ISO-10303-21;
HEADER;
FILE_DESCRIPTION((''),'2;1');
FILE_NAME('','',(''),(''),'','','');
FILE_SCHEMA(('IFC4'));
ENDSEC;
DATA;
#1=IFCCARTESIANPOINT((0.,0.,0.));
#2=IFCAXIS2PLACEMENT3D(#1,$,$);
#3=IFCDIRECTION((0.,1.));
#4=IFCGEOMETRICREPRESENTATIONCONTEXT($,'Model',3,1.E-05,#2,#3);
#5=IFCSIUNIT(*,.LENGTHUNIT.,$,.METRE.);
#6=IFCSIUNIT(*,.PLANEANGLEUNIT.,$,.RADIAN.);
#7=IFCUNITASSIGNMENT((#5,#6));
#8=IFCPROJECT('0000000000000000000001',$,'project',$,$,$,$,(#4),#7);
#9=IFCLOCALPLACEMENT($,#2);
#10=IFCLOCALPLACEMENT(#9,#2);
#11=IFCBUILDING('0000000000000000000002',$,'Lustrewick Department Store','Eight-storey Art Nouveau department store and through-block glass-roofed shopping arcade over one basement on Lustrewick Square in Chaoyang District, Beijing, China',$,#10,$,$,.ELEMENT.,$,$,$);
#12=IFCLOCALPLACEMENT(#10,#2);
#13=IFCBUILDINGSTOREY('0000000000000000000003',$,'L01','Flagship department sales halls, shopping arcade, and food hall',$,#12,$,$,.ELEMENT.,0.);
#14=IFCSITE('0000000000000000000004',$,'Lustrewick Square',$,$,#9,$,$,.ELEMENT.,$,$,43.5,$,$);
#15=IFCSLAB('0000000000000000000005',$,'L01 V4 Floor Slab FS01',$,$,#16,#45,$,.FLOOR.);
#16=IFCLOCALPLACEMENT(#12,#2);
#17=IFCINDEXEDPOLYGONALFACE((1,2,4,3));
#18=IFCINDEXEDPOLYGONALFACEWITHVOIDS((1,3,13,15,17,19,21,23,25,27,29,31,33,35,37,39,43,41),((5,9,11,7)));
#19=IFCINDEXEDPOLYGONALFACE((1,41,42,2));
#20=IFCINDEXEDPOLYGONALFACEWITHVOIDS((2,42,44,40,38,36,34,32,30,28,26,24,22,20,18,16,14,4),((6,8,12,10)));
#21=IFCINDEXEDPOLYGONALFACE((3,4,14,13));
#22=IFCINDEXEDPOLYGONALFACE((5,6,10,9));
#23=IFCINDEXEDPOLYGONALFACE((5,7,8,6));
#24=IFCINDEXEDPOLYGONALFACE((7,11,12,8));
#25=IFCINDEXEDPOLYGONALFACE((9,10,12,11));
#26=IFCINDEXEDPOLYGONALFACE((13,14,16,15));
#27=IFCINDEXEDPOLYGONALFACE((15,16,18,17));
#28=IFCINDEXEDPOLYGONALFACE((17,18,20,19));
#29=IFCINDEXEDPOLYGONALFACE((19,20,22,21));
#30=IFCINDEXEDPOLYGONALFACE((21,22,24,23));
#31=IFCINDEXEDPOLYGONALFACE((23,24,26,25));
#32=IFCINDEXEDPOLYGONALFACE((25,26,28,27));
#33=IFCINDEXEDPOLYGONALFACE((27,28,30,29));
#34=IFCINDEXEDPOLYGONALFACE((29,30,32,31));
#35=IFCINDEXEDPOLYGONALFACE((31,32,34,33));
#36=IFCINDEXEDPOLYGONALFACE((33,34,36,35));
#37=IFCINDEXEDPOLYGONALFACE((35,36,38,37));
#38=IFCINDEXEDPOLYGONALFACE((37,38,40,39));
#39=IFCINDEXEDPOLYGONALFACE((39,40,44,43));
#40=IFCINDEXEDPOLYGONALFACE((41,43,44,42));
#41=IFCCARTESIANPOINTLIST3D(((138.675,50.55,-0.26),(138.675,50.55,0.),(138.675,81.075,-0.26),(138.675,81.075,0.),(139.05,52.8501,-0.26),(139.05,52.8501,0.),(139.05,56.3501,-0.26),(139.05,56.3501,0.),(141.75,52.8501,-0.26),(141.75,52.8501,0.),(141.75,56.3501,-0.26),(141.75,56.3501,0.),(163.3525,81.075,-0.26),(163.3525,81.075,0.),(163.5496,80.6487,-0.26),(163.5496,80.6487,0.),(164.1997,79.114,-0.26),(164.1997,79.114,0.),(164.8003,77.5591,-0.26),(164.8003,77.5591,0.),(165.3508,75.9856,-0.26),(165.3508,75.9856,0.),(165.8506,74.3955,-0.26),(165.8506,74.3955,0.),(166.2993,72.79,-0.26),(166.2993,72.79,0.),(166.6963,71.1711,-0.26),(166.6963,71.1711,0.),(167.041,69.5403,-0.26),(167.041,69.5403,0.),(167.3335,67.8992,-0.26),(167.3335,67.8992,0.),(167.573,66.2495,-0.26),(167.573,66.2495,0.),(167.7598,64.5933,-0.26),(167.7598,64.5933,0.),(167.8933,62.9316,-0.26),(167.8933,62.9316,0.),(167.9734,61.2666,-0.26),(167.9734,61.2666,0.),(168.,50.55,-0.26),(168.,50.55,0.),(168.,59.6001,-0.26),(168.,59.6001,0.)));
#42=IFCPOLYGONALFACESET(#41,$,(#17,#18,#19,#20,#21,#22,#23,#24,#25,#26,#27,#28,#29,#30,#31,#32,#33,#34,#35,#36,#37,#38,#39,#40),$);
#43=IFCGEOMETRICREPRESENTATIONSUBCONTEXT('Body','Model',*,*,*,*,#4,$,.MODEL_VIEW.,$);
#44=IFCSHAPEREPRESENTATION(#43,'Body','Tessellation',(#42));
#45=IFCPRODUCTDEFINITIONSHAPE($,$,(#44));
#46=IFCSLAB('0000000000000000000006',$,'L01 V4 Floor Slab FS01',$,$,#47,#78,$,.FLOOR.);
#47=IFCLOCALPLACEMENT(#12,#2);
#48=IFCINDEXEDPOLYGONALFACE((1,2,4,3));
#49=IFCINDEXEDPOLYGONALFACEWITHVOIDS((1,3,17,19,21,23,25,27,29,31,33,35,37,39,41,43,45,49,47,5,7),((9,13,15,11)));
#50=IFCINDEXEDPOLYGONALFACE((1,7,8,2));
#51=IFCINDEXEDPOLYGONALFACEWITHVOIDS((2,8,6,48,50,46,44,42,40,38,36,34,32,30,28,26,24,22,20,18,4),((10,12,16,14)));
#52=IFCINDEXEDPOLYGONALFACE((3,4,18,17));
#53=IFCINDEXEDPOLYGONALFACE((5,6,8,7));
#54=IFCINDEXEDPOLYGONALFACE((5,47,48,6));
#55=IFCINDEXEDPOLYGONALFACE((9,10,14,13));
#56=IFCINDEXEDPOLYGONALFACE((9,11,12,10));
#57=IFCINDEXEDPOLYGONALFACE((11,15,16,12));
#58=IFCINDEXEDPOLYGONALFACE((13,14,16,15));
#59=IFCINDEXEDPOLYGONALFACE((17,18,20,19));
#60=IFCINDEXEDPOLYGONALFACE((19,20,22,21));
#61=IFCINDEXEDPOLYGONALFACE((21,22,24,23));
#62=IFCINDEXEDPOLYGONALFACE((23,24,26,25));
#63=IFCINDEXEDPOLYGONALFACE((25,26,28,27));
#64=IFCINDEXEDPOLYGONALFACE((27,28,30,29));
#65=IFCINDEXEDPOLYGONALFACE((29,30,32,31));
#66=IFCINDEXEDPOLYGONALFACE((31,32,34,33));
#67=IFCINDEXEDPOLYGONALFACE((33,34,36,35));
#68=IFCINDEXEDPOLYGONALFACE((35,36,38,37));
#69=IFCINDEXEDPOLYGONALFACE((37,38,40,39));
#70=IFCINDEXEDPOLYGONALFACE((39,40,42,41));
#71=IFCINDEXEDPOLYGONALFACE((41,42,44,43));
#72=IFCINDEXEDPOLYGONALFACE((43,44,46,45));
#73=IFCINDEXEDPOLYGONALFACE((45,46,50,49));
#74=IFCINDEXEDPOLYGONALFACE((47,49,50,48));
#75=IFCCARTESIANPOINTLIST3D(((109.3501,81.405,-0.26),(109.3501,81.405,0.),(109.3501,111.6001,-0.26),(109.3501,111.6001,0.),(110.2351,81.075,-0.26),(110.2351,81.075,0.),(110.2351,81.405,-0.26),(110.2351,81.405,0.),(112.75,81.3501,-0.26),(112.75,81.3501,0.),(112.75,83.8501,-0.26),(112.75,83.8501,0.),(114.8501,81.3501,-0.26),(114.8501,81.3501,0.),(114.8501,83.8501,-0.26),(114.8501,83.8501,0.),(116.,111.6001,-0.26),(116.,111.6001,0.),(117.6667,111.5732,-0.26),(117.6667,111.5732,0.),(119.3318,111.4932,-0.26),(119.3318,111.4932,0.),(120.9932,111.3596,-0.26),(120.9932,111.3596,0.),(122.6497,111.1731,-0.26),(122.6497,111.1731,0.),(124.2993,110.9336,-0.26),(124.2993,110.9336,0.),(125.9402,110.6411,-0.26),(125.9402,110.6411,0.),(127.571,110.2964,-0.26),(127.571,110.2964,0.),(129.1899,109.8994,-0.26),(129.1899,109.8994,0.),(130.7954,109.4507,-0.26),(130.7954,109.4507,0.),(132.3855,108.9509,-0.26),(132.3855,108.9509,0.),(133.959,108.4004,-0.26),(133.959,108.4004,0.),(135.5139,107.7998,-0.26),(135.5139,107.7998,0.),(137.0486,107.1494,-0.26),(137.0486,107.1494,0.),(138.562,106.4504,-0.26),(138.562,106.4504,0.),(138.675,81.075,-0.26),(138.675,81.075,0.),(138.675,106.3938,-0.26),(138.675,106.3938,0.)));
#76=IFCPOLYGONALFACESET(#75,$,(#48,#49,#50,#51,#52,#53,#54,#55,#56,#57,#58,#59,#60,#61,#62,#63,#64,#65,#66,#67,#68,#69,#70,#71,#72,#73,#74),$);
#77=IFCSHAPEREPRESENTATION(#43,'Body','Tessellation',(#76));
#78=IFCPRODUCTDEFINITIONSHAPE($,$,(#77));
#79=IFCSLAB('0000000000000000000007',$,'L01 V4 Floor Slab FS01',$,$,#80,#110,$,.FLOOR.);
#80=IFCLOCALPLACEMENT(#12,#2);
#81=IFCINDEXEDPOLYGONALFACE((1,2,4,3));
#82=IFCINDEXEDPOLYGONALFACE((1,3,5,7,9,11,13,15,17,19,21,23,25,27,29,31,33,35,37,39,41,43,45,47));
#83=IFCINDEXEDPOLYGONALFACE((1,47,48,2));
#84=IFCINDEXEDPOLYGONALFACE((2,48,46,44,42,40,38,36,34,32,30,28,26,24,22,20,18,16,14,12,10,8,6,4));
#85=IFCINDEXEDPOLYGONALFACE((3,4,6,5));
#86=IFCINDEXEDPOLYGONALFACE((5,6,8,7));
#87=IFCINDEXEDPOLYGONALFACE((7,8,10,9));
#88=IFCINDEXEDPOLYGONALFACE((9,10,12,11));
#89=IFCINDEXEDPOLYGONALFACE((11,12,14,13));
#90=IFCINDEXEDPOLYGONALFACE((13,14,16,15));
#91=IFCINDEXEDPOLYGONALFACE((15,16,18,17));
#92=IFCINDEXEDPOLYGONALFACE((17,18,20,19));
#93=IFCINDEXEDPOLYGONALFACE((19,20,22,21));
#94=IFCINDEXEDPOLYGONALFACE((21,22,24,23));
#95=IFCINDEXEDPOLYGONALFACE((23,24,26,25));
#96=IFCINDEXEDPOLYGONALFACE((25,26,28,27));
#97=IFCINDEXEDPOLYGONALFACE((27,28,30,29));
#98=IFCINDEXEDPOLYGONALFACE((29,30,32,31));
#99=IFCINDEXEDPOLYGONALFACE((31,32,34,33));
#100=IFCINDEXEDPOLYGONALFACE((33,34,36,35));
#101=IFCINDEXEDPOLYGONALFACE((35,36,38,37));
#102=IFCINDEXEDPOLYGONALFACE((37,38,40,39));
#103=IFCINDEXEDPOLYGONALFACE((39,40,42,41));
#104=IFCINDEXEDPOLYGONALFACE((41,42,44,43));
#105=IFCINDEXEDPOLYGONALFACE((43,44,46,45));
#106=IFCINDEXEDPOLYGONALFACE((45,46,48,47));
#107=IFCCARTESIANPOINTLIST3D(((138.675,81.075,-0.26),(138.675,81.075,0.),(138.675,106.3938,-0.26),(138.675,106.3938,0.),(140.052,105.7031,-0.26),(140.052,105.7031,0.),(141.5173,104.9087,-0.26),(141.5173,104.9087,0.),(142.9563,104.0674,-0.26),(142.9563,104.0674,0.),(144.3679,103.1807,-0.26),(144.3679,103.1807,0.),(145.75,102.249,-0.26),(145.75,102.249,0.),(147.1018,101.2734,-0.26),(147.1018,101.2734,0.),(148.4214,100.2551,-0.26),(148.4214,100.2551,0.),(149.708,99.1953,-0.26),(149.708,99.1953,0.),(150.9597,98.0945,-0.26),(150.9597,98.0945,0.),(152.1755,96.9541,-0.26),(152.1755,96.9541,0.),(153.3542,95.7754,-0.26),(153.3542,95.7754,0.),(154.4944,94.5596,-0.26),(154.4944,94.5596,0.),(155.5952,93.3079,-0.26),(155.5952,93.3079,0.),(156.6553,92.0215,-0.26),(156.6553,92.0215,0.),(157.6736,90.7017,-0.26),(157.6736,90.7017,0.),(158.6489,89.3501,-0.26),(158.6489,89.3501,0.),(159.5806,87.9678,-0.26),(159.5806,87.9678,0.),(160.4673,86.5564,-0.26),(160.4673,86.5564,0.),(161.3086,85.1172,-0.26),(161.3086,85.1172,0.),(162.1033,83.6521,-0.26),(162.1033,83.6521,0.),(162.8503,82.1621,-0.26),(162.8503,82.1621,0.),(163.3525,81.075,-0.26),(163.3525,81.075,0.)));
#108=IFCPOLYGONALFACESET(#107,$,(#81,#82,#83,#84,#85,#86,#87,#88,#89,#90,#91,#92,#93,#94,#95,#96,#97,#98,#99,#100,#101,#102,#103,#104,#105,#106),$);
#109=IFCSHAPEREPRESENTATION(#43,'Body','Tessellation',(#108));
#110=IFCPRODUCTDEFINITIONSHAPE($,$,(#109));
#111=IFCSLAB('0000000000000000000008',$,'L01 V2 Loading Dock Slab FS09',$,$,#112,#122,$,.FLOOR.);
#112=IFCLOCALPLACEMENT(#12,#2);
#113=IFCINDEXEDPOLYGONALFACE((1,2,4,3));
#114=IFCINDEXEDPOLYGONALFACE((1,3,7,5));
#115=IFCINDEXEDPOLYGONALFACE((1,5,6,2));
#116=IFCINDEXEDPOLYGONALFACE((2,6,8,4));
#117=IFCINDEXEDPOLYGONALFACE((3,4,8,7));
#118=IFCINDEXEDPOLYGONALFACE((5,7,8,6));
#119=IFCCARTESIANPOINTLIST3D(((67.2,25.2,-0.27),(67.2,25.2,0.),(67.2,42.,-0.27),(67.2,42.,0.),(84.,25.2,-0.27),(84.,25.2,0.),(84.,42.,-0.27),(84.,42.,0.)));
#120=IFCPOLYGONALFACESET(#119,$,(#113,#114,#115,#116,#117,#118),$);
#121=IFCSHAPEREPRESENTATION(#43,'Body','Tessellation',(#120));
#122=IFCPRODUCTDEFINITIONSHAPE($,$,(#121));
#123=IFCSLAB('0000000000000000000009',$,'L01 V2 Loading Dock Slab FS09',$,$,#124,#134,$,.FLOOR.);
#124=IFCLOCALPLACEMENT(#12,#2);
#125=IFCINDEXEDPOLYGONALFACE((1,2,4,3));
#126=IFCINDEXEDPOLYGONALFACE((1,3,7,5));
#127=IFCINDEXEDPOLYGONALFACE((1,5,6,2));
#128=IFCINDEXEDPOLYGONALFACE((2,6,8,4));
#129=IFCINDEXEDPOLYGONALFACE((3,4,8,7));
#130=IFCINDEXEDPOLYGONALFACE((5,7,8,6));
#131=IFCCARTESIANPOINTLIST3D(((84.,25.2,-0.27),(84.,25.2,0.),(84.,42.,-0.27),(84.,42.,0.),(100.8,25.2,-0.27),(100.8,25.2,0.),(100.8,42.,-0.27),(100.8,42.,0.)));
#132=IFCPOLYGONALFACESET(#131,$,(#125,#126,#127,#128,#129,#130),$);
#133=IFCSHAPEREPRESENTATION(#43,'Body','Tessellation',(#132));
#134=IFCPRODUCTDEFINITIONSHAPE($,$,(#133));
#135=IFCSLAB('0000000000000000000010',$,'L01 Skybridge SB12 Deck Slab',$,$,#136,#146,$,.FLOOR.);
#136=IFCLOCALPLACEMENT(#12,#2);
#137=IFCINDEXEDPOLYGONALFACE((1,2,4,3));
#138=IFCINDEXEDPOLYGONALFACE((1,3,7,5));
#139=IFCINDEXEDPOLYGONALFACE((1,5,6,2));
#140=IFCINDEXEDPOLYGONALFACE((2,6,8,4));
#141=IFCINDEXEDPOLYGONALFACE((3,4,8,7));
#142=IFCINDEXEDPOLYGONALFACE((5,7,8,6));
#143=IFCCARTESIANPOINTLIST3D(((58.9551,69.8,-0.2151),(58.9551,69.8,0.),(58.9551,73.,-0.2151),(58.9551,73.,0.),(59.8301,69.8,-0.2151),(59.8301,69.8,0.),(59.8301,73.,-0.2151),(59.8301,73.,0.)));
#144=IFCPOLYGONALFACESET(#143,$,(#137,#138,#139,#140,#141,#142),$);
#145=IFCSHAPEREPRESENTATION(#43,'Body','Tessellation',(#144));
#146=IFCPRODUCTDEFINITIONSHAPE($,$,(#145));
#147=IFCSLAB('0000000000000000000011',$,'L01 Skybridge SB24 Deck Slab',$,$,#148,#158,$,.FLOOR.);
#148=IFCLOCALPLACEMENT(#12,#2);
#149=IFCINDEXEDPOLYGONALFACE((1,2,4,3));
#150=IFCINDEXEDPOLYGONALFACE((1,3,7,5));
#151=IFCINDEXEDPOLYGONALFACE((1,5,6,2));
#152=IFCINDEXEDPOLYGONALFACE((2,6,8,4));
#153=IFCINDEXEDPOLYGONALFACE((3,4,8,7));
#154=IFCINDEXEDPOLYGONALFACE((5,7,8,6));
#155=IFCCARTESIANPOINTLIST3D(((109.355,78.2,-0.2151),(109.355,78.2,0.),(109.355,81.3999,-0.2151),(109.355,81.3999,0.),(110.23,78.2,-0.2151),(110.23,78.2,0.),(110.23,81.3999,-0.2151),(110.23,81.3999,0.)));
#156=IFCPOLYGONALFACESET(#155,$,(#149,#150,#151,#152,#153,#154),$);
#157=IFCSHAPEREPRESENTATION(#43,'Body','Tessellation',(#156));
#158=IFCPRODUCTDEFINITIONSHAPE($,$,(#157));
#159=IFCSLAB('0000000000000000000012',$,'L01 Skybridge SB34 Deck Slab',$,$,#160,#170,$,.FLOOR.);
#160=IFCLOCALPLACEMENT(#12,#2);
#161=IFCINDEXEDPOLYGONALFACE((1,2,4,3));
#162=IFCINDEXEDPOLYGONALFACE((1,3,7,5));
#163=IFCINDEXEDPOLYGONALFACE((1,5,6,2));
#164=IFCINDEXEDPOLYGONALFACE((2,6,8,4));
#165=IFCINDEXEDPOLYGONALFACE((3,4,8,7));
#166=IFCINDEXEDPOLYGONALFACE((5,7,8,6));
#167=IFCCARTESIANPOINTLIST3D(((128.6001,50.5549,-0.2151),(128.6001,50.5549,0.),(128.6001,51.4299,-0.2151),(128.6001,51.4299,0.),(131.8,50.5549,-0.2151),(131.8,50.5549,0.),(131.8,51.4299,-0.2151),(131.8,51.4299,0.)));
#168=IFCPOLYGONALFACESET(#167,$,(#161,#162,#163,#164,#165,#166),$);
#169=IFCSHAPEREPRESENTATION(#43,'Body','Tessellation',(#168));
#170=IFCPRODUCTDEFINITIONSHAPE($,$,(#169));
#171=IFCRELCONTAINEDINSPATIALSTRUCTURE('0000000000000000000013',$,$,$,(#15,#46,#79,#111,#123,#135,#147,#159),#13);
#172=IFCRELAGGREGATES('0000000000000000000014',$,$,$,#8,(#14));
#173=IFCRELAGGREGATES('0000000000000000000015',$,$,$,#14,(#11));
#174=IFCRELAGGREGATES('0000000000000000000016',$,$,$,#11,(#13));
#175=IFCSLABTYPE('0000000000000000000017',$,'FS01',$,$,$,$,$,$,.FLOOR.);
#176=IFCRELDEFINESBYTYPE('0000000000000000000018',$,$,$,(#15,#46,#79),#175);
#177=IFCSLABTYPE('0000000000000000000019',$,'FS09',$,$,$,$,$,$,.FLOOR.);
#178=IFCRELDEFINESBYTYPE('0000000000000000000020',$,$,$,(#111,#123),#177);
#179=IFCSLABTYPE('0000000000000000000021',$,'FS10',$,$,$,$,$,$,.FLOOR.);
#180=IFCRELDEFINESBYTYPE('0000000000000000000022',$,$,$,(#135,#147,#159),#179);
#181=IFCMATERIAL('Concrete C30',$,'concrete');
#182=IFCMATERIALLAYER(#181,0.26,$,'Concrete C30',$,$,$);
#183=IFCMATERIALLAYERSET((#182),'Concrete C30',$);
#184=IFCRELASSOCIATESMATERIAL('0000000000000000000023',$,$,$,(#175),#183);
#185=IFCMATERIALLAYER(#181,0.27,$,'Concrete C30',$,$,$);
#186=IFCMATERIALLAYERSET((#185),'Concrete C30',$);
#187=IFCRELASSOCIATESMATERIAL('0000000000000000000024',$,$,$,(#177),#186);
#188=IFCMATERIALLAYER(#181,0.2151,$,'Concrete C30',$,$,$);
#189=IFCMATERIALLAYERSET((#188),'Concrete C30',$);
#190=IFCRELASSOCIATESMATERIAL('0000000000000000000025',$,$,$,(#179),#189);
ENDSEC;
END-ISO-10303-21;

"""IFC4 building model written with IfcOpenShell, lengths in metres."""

from ifc_helpers import new_model, si_unit, direction, frame, origin, place, context, subcontext, project, spatial, polyline, outline, extrude, material, layer, layer_set, type_object, element, save


model = new_model("IFC4")

# Units and contexts
model_context = context("Model", 3, precision=1e-05, world=origin(), true_north=direction((0.0, 1.0)))
body_context = subcontext(model_context, "Body", "Model", "MODEL_VIEW")
ifc_project = project(units=[si_unit("LENGTHUNIT", "METRE"), si_unit("PLANEANGLEUNIT", "RADIAN")], contexts=[model_context])

# Site, building, storey
site_placement = place(None, origin())
site = spatial("IfcSite", under=ifc_project, at=site_placement, Name="Lustrewick Square", CompositionType="ELEMENT", RefElevation=43.5)
building_placement = place(site_placement, origin())
building = spatial("IfcBuilding", under=site, at=building_placement, Name="Lustrewick Department Store", Description="Eight-storey Art Nouveau department store and through-block glass-roofed shopping arcade over one basement on Lustrewick Square in Chaoyang District, Beijing, China", CompositionType="ELEMENT")
storey_placement = place(building_placement, origin())
storey = spatial("IfcBuildingStorey", under=building, at=storey_placement, Name="L01", Description="Flagship department sales halls, shopping arcade, and food hall", CompositionType="ELEMENT", Elevation=0.0)

# Slabs
ifc_material_1 = material(Name="Concrete C30", Category="concrete")
ifc_layer_1 = layer(ifc_material_1, 0.26, Name="Concrete C30")
ifc_layer_set_1 = layer_set([ifc_layer_1], Name="Concrete C30")
slab_type_1 = type_object("IfcSlabType", Name="FS01", PredefinedType="FLOOR", material=ifc_layer_set_1)
slab_1_placement = place(storey_placement, frame((0.0, 0.0, -0.26)))
element("IfcSlab", 1, at=slab_1_placement, inside=storey, type_object=slab_type_1, Name="L01 V4 Floor Slab FS01", PredefinedType="FLOOR", context=body_context, shape_type="SweptSolid", body=[
    extrude(outline(polyline([(163.5496, 80.6487), (163.3525, 81.075), (138.675, 81.075), (138.675, 50.55), (168.0, 50.55), (168.0, 59.6001), (167.9734, 61.2666), (167.8933, 62.9316), (167.7598, 64.5933), (167.573, 66.2495), (167.3335, 67.8992), (167.041, 69.5403), (166.6963, 71.1711), (166.2993, 72.79), (165.8506, 74.3955), (165.3508, 75.9856), (164.8003, 77.5591), (164.1997, 79.114), (163.5496, 80.6487)]), holes=[polyline([(139.05, 52.8501), (139.05, 56.3501), (141.75, 56.3501), (141.75, 52.8501), (139.05, 52.8501)])]), origin(), (0.0, 0.0, 1.0), 0.26),
])
slab_2_placement = place(storey_placement, frame((0.0, 0.0, -0.26)))
element("IfcSlab", 2, at=slab_2_placement, inside=storey, type_object=slab_type_1, Name="L01 V4 Floor Slab FS01", PredefinedType="FLOOR", context=body_context, shape_type="SweptSolid", body=[
    extrude(outline(polyline([(110.2351, 81.405), (110.2351, 81.075), (138.675, 81.075), (138.675, 106.3938), (138.562, 106.4504), (137.0486, 107.1494), (135.5139, 107.7998), (133.959, 108.4004), (132.3855, 108.9509), (130.7954, 109.4507), (129.1899, 109.8994), (127.571, 110.2964), (125.9402, 110.6411), (124.2993, 110.9336), (122.6497, 111.1731), (120.9932, 111.3596), (119.3318, 111.4932), (117.6667, 111.5732), (116.0, 111.6001), (109.3501, 111.6001), (109.3501, 81.405), (110.2351, 81.405)]), holes=[polyline([(112.75, 81.3501), (112.75, 83.8501), (114.8501, 83.8501), (114.8501, 81.3501), (112.75, 81.3501)])]), origin(), (0.0, 0.0, 1.0), 0.26),
])
slab_3_placement = place(storey_placement, frame((0.0, 0.0, -0.26)))
element("IfcSlab", 3, at=slab_3_placement, inside=storey, type_object=slab_type_1, Name="L01 V4 Floor Slab FS01", PredefinedType="FLOOR", context=body_context, shape_type="SweptSolid", body=[
    extrude(outline(polyline([(140.052, 105.7031), (138.675, 106.3938), (138.675, 81.075), (163.3525, 81.075), (162.8503, 82.1621), (162.1033, 83.6521), (161.3086, 85.1172), (160.4673, 86.5564), (159.5806, 87.9678), (158.6489, 89.3501), (157.6736, 90.7017), (156.6553, 92.0215), (155.5952, 93.3079), (154.4944, 94.5596), (153.3542, 95.7754), (152.1755, 96.9541), (150.9597, 98.0945), (149.708, 99.1953), (148.4214, 100.2551), (147.1018, 101.2734), (145.75, 102.249), (144.3679, 103.1807), (142.9563, 104.0674), (141.5173, 104.9087), (140.052, 105.7031)])), origin(), (0.0, 0.0, 1.0), 0.26),
])
ifc_layer_2 = layer(ifc_material_1, 0.27, Name="Concrete C30")
ifc_layer_set_2 = layer_set([ifc_layer_2], Name="Concrete C30")
slab_type_2 = type_object("IfcSlabType", Name="FS09", PredefinedType="FLOOR", material=ifc_layer_set_2)
slab_4_placement = place(storey_placement, frame((0.0, 0.0, -0.27)))
element("IfcSlab", 4, at=slab_4_placement, inside=storey, type_object=slab_type_2, Name="L01 V2 Loading Dock Slab FS09", PredefinedType="FLOOR", context=body_context, shape_type="SweptSolid", body=[
    extrude(outline(polyline([(67.2, 25.2), (84.0, 25.2), (84.0, 42.0), (67.2, 42.0), (67.2, 25.2)])), origin(), (0.0, 0.0, 1.0), 0.27),
])
slab_5_placement = place(storey_placement, frame((0.0, 0.0, -0.27)))
element("IfcSlab", 5, at=slab_5_placement, inside=storey, type_object=slab_type_2, Name="L01 V2 Loading Dock Slab FS09", PredefinedType="FLOOR", context=body_context, shape_type="SweptSolid", body=[
    extrude(outline(polyline([(84.0, 25.2), (100.8, 25.2), (100.8, 42.0), (84.0, 42.0), (84.0, 25.2)])), origin(), (0.0, 0.0, 1.0), 0.27),
])
ifc_layer_3 = layer(ifc_material_1, 0.2151, Name="Concrete C30")
ifc_layer_set_3 = layer_set([ifc_layer_3], Name="Concrete C30")
slab_type_3 = type_object("IfcSlabType", Name="FS10", PredefinedType="FLOOR", material=ifc_layer_set_3)
slab_6_placement = place(storey_placement, frame((0.0, 0.0, -0.2151)))
element("IfcSlab", 6, at=slab_6_placement, inside=storey, type_object=slab_type_3, Name="L01 Skybridge SB12 Deck Slab", PredefinedType="FLOOR", context=body_context, shape_type="SweptSolid", body=[
    extrude(outline(polyline([(59.8301, 69.8), (59.8301, 73.0), (58.9551, 73.0), (58.9551, 69.8), (59.8301, 69.8)])), origin(), (0.0, 0.0, 1.0), 0.2151),
])
slab_7_placement = place(storey_placement, frame((0.0, 0.0, -0.2151)))
element("IfcSlab", 7, at=slab_7_placement, inside=storey, type_object=slab_type_3, Name="L01 Skybridge SB24 Deck Slab", PredefinedType="FLOOR", context=body_context, shape_type="SweptSolid", body=[
    extrude(outline(polyline([(110.23, 78.2), (110.23, 81.3999), (109.355, 81.3999), (109.355, 78.2), (110.23, 78.2)])), origin(), (0.0, 0.0, 1.0), 0.2151),
])
slab_8_placement = place(storey_placement, frame((0.0, 0.0, -0.2151)))
element("IfcSlab", 8, at=slab_8_placement, inside=storey, type_object=slab_type_3, Name="L01 Skybridge SB34 Deck Slab", PredefinedType="FLOOR", context=body_context, shape_type="SweptSolid", body=[
    extrude(outline(polyline([(131.8, 50.5549), (131.8, 51.4299), (128.6001, 51.4299), (128.6001, 50.5549), (131.8, 50.5549)])), origin(), (0.0, 0.0, 1.0), 0.2151),
])

save(model, "model.ifc")
